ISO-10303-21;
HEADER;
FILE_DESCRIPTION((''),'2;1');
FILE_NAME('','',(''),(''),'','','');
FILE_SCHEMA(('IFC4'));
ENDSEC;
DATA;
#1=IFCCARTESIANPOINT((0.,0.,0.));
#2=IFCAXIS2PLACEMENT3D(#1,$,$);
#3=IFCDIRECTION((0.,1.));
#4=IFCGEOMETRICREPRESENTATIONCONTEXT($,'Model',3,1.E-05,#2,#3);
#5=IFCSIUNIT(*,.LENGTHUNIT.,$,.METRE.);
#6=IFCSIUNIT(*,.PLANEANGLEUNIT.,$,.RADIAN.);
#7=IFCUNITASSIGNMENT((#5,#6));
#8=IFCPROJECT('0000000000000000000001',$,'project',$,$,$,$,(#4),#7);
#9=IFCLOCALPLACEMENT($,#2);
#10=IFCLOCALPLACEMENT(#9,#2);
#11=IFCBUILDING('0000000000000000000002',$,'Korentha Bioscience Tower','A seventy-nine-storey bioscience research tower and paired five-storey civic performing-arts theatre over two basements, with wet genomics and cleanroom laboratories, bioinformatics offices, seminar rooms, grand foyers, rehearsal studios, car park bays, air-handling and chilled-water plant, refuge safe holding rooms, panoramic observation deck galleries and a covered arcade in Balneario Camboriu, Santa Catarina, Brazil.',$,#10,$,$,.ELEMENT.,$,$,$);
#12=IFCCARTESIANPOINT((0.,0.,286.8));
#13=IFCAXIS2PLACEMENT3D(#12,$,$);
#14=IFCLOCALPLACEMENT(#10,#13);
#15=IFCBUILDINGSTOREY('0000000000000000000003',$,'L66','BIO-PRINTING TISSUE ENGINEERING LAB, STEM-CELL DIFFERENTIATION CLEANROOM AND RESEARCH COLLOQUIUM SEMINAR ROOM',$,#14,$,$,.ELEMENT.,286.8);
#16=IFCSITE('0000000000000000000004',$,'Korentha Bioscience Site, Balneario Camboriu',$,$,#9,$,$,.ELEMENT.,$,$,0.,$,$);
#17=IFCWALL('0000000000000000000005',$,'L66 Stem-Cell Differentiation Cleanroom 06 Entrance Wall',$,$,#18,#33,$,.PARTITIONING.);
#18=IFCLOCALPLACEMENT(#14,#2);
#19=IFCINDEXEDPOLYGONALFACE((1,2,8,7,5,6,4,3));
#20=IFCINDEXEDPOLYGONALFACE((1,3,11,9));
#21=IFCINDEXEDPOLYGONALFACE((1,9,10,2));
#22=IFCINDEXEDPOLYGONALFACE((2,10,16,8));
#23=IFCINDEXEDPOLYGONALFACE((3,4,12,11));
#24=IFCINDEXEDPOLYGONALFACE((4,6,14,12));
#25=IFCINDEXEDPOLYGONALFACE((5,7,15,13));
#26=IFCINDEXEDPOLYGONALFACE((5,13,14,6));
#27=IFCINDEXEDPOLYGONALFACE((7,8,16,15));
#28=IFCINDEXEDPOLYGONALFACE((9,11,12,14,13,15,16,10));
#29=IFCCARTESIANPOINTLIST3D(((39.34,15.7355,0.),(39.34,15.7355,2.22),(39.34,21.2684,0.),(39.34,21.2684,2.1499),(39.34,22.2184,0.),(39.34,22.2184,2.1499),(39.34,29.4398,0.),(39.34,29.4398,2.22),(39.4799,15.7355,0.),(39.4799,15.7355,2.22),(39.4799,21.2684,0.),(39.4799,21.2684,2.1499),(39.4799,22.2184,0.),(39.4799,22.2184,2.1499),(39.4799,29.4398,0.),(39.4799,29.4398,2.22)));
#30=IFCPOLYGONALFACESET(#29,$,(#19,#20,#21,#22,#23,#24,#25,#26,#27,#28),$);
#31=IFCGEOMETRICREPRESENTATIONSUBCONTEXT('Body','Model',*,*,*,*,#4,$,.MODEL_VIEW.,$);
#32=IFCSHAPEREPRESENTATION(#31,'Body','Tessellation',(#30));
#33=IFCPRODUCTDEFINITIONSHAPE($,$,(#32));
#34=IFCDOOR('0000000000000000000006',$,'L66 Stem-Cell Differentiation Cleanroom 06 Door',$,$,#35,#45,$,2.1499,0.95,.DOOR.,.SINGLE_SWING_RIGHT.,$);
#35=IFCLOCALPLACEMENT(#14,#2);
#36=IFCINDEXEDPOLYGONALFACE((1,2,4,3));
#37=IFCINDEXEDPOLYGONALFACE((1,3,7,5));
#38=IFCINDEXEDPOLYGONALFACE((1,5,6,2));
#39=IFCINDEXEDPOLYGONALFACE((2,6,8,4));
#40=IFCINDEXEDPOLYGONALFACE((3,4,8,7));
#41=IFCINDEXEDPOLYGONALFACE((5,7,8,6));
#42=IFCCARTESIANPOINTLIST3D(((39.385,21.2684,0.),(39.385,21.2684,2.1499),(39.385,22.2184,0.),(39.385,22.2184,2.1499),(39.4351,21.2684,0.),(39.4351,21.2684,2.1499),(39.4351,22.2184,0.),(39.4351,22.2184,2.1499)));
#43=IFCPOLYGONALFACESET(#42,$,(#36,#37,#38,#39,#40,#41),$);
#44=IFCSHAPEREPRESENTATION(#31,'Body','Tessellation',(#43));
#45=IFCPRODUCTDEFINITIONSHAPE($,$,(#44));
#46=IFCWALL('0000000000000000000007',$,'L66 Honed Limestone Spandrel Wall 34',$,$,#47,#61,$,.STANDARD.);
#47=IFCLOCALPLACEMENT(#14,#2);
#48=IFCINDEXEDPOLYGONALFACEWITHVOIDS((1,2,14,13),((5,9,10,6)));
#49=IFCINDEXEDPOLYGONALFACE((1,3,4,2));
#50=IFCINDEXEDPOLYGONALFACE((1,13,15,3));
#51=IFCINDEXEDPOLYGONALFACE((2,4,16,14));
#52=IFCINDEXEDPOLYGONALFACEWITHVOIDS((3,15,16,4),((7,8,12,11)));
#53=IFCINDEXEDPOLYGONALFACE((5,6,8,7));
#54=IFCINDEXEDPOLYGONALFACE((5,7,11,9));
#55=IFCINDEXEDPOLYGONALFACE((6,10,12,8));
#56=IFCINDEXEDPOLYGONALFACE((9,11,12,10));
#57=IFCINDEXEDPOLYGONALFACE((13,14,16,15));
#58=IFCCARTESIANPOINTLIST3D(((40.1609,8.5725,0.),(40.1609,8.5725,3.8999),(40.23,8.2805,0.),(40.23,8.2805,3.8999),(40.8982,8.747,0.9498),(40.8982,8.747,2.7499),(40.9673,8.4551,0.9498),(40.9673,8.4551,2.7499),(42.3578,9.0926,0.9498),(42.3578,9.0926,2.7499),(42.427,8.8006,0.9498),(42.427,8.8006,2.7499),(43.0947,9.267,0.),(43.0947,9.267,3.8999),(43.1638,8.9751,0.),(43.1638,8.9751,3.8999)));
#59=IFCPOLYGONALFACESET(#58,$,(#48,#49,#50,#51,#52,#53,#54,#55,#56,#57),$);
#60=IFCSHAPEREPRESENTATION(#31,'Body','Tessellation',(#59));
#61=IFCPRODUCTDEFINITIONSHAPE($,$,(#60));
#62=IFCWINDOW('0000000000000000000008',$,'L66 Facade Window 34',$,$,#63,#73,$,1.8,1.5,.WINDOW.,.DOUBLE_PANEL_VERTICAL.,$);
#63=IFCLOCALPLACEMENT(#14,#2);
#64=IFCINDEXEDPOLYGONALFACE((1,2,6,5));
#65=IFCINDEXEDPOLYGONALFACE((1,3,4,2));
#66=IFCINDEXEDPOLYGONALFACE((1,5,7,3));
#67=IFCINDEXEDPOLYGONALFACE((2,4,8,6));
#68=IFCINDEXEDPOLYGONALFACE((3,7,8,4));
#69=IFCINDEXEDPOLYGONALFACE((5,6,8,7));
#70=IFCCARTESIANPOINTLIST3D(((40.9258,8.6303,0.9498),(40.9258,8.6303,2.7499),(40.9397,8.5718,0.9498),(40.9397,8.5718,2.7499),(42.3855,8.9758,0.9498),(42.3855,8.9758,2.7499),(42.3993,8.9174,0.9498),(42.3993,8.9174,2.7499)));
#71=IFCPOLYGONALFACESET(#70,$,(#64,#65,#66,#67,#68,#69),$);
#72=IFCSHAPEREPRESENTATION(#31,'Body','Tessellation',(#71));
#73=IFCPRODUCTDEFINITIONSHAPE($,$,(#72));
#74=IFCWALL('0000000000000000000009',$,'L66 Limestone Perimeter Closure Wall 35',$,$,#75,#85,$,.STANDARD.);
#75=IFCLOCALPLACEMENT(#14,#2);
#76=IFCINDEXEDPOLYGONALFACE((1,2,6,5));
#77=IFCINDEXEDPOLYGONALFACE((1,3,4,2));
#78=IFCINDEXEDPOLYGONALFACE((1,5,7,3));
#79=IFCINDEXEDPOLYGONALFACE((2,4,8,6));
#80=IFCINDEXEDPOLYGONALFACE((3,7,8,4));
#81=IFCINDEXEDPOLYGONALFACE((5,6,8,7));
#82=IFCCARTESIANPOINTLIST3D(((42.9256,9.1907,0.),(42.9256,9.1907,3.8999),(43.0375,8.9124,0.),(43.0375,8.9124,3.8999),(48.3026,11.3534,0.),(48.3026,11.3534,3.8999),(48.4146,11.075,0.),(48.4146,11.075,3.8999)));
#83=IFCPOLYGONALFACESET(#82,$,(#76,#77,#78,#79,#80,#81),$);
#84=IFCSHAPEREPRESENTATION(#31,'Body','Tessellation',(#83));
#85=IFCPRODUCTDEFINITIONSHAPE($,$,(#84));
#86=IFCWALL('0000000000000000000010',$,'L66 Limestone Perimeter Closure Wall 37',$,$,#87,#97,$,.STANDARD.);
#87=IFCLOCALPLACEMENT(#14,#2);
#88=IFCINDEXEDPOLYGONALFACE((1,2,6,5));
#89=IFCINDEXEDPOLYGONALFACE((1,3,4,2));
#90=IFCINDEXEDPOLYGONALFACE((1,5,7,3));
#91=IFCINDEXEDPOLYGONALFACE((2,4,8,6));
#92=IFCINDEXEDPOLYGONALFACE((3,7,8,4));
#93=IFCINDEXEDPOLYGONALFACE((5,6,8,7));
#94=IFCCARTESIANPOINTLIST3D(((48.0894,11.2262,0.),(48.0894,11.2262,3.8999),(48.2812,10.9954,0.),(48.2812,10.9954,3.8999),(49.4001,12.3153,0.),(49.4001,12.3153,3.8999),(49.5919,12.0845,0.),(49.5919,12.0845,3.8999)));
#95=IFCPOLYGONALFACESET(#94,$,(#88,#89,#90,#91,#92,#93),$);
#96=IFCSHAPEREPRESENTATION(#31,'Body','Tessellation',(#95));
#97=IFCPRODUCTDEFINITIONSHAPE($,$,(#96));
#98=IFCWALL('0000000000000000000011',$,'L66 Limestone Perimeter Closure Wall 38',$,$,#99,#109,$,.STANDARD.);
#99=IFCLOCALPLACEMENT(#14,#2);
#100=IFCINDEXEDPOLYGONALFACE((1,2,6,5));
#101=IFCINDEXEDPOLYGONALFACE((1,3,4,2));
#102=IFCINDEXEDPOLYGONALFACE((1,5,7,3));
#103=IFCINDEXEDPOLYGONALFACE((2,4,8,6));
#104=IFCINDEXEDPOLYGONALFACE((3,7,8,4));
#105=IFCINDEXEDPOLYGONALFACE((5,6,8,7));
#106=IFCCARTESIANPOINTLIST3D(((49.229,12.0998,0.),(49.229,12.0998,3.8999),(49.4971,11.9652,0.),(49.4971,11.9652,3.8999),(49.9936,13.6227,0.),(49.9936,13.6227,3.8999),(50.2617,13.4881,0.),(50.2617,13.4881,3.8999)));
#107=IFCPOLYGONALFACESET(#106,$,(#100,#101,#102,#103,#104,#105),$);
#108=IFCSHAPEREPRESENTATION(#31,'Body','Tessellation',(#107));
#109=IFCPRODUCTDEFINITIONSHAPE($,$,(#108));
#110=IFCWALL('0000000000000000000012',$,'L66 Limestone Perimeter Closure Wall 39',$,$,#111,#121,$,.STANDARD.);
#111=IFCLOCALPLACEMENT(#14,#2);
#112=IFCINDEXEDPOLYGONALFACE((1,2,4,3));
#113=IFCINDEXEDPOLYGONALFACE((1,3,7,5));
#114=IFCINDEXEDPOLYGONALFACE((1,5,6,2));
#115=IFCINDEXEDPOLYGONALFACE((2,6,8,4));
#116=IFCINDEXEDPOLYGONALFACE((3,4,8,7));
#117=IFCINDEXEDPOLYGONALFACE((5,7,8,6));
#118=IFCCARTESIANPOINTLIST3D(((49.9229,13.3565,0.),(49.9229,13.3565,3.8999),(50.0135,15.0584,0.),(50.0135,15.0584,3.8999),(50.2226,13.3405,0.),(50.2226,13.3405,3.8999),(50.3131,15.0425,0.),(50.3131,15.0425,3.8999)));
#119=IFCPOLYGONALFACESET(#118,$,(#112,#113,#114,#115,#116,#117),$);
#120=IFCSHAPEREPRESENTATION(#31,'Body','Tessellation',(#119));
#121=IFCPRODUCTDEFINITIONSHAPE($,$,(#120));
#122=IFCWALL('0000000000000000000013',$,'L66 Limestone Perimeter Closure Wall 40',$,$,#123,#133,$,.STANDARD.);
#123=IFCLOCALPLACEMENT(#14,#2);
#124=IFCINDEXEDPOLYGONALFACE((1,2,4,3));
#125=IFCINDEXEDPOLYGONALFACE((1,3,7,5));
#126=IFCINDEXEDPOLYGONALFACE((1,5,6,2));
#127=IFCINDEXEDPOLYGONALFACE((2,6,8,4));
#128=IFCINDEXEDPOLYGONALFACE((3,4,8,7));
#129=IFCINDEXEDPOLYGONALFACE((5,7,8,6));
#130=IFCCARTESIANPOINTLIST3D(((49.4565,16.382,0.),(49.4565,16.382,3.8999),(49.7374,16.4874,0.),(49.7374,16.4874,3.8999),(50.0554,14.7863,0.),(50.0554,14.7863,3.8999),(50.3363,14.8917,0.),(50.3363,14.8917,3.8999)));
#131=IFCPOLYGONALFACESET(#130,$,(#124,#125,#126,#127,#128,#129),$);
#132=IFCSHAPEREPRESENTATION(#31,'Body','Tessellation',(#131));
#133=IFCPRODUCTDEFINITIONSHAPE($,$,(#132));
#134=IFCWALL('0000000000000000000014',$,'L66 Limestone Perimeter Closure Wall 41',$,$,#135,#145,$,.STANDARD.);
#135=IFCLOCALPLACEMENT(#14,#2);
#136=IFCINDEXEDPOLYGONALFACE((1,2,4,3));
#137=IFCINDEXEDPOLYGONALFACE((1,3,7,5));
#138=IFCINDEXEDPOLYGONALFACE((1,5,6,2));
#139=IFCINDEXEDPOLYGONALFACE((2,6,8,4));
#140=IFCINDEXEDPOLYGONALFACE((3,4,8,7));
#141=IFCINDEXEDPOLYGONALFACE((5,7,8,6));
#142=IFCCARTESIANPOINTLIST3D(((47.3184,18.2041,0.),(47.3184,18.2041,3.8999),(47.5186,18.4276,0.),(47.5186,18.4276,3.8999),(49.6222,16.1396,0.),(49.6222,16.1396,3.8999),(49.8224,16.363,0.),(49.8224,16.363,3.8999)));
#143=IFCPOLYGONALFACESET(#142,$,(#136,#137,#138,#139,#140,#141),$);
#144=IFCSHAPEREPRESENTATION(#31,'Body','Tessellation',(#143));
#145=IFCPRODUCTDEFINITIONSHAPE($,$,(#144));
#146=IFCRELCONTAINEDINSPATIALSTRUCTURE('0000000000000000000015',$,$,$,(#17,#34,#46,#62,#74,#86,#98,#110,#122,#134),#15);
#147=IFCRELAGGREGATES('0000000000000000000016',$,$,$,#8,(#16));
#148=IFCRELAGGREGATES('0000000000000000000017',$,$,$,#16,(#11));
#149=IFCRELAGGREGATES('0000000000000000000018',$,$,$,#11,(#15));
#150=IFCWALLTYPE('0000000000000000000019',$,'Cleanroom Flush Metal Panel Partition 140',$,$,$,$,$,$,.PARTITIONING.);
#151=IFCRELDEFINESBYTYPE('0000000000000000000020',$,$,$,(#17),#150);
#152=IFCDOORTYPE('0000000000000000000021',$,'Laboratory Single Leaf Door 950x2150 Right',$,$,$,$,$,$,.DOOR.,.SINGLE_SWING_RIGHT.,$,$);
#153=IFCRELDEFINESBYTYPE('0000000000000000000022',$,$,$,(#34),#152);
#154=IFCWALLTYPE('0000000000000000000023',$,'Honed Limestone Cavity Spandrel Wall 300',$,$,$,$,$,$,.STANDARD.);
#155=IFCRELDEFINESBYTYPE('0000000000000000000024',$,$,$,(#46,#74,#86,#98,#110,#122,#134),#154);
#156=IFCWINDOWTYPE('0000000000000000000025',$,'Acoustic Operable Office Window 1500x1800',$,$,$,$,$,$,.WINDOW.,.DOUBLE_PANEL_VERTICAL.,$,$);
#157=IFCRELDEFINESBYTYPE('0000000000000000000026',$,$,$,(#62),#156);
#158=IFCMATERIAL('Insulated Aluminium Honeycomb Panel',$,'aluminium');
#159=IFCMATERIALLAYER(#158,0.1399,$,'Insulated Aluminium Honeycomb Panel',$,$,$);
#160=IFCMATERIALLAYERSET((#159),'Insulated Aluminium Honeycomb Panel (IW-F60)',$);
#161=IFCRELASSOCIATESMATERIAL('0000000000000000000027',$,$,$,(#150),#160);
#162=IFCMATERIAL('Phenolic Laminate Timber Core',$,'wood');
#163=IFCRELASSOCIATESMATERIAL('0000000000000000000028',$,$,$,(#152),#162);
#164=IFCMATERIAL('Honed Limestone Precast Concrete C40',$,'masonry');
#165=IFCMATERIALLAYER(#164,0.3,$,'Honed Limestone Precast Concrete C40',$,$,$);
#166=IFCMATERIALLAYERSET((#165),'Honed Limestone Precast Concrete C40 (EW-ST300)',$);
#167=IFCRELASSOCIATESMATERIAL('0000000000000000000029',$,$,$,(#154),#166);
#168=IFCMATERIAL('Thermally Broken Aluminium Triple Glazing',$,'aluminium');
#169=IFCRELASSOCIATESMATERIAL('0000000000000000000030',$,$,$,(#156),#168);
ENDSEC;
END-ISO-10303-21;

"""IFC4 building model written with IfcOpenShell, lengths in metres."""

from ifc_helpers import new_model, si_unit, direction, frame, frame_2d, origin, place, context, subcontext, project, spatial, rectangle, extrude, material, layer, layer_set, type_object, element, fill, save


model = new_model("IFC4")

# Units and contexts
model_context = context("Model", 3, precision=1e-05, world=origin(), true_north=direction((0.0, 1.0)))
body_context = subcontext(model_context, "Body", "Model", "MODEL_VIEW")
ifc_project = project(units=[si_unit("LENGTHUNIT", "METRE"), si_unit("PLANEANGLEUNIT", "RADIAN")], contexts=[model_context])

# Site, building, storey
site_placement = place(None, origin())
site = spatial("IfcSite", under=ifc_project, at=site_placement, Name="Korentha Bioscience Site, Balneario Camboriu", CompositionType="ELEMENT", RefElevation=0.0)
building_placement = place(site_placement, origin())
building = spatial("IfcBuilding", under=site, at=building_placement, Name="Korentha Bioscience Tower", Description="A seventy-nine-storey bioscience research tower and paired five-storey civic performing-arts theatre over two basements, with wet genomics and cleanroom laboratories, bioinformatics offices, seminar rooms, grand foyers, rehearsal studios, car park bays, air-handling and chilled-water plant, refuge safe holding rooms, panoramic observation deck galleries and a covered arcade in Balneario Camboriu, Santa Catarina, Brazil.", CompositionType="ELEMENT")
storey_placement = place(building_placement, frame((0.0, 0.0, 286.8)))
storey = spatial("IfcBuildingStorey", under=building, at=storey_placement, Name="L66", Description="BIO-PRINTING TISSUE ENGINEERING LAB, STEM-CELL DIFFERENTIATION CLEANROOM AND RESEARCH COLLOQUIUM SEMINAR ROOM", CompositionType="ELEMENT", Elevation=286.8)

# Shared definitions
ifc_material_1 = material(Name="Phenolic Laminate Timber Core", Category="wood")

# Wall, opening, door
ifc_material_2 = material(Name="Insulated Aluminium Honeycomb Panel", Category="aluminium")
ifc_layer_1 = layer(ifc_material_2, 0.1399, Name="Insulated Aluminium Honeycomb Panel")
ifc_layer_set_1 = layer_set([ifc_layer_1], Name="Insulated Aluminium Honeycomb Panel (IW-F60)")
wall_type_1 = type_object("IfcWallType", Name="Cleanroom Flush Metal Panel Partition 140", PredefinedType="PARTITIONING", material=ifc_layer_set_1)
wall_1_placement = place(storey_placement, frame((39.4099, 15.7356, 0.0), z_axis=(0.0, 0.0, 1.0), x_axis=(0.0, 1.0, 0.0)))
wall_1 = element("IfcWall", 1, at=wall_1_placement, inside=storey, type_object=wall_type_1, Name="L66 Stem-Cell Differentiation Cleanroom 06 Entrance Wall", PredefinedType="PARTITIONING", context=body_context, shape_type="SweptSolid", body=[
    extrude(rectangle(XDim=13.7043, YDim=0.1399, at=frame_2d((6.8521, 0.0))), origin(), (0.0, 0.0, 1.0), 2.22),
])
opening_1_placement = place(wall_1_placement, frame((5.5327, 0.0, 0.0)))
opening_1 = element("IfcOpeningElement", 2, at=opening_1_placement, cuts=wall_1, PredefinedType="OPENING", context=body_context, shape_type="SweptSolid", body=[
    extrude(rectangle(XDim=0.95, YDim=2.1499, at=frame_2d((0.4751, 1.075))), frame((0.0, 0.085, 0.0), z_axis=(0.0, -1.0, 0.0), x_axis=(1.0, 0.0, 0.0)), (0.0, 0.0, 1.0), 0.1697),
])
door_type_1 = type_object("IfcDoorType", Name="Laboratory Single Leaf Door 950x2150 Right", OperationType="SINGLE_SWING_RIGHT", PredefinedType="DOOR", material=ifc_material_1)
door_1_placement = place(opening_1_placement, origin())
door_1 = element("IfcDoor", 3, at=door_1_placement, inside=storey, type_object=door_type_1, Name="L66 Stem-Cell Differentiation Cleanroom 06 Door", OperationType="SINGLE_SWING_RIGHT", OverallHeight=2.1499, OverallWidth=0.95, PredefinedType="DOOR", context=body_context, shape_type="SweptSolid", body=[
    extrude(rectangle(XDim=0.95, YDim=2.1499, at=frame_2d((0.4751, 1.075))), frame((0.0, 0.0249, 0.0), z_axis=(0.0, -1.0, 0.0), x_axis=(1.0, 0.0, 0.0)), (0.0, 0.0, 1.0), 0.05),
])
fill(opening_1, door_1)

# Wall, opening, window
ifc_material_3 = material(Name="Honed Limestone Precast Concrete C40", Category="masonry")
ifc_layer_2 = layer(ifc_material_3, 0.3, Name="Honed Limestone Precast Concrete C40")
ifc_layer_set_2 = layer_set([ifc_layer_2], Name="Honed Limestone Precast Concrete C40 (EW-ST300)")
wall_type_2 = type_object("IfcWallType", Name="Honed Limestone Cavity Spandrel Wall 300", PredefinedType="STANDARD", material=ifc_layer_set_2)
wall_2_placement = place(storey_placement, frame((40.1956, 8.4265, 0.0), z_axis=(0.0, 0.0, 1.0), x_axis=(0.973101, 0.23038, 0.0)))
wall_2 = element("IfcWall", 4, at=wall_2_placement, inside=storey, type_object=wall_type_2, Name="L66 Honed Limestone Spandrel Wall 34", PredefinedType="STANDARD", context=body_context, shape_type="SweptSolid", body=[
    extrude(rectangle(XDim=3.0149, YDim=0.3, at=frame_2d((1.5073, 0.0))), origin(), (0.0, 0.0, 1.0), 3.8999),
])
opening_2_placement = place(wall_2_placement, frame((0.7576, 0.0, 0.95)))
opening_2 = element("IfcOpeningElement", 5, at=opening_2_placement, cuts=wall_2, PredefinedType="OPENING", context=body_context, shape_type="SweptSolid", body=[
    extrude(rectangle(XDim=1.5, YDim=1.8, at=frame_2d((0.75, 0.8999))), frame((0.0, 0.165, 0.0), z_axis=(0.0, -1.0, 0.0), x_axis=(1.0, 0.0, 0.0)), (0.0, 0.0, 1.0), 0.3298),
])
ifc_material_4 = material(Name="Thermally Broken Aluminium Triple Glazing", Category="aluminium")
window_type = type_object("IfcWindowType", Name="Acoustic Operable Office Window 1500x1800", PartitioningType="DOUBLE_PANEL_VERTICAL", PredefinedType="WINDOW", material=ifc_material_4)
window_placement = place(opening_2_placement, origin())
window = element("IfcWindow", 6, at=window_placement, inside=storey, type_object=window_type, Name="L66 Facade Window 34", OverallHeight=1.8, OverallWidth=1.5, PartitioningType="DOUBLE_PANEL_VERTICAL", PredefinedType="WINDOW", context=body_context, shape_type="SweptSolid", body=[
    extrude(rectangle(XDim=1.5, YDim=1.8, at=frame_2d((0.75, 0.8999))), frame((0.0, 0.03, 0.0), z_axis=(0.0, -1.0, 0.0), x_axis=(1.0, 0.0, 0.0)), (0.0, 0.0, 1.0), 0.0601),
])
fill(opening_2, window)

# Walls
wall_3_placement = place(storey_placement, frame((42.9814, 9.0515, 0.0), z_axis=(0.0, 0.0, 1.0), x_axis=(0.927772, 0.373148, 0.0)))
element("IfcWall", 7, at=wall_3_placement, inside=storey, type_object=wall_type_2, Name="L66 Limestone Perimeter Closure Wall 35", PredefinedType="STANDARD", context=body_context, shape_type="SweptSolid", body=[
    extrude(rectangle(XDim=5.7957, YDim=0.3, at=frame_2d((2.8979, 0.0))), origin(), (0.0, 0.0, 1.0), 3.8999),
])
for number, where, z_axis, x_axis, name in (
    (8, (48.1853, 11.1108, 0.0), (0.0, 0.0, 1.0), (0.769148, 0.639071, 0.0), "L66 Limestone Perimeter Closure Wall 37"),
    (9, (49.363, 12.0325, 0.0), (0.0, 0.0, 1.0), (0.448703, 0.893681, 0.0), "L66 Limestone Perimeter Closure Wall 38"),
):
    element("IfcWall", number, at=place(storey_placement, frame(where, z_axis=z_axis, x_axis=x_axis)), inside=storey, type_object=wall_type_2, Name=name, PredefinedType="STANDARD", context=body_context, shape_type="SweptSolid", body=[
        extrude(rectangle(XDim=1.7041, YDim=0.3, at=frame_2d((0.8521, 0.0))), origin(), (0.0, 0.0, 1.0), 3.8999),
    ])
for number, where, z_axis, x_axis, name in (
    (10, (50.0728, 13.3486, 0.0), (0.0, 0.0, 1.0), (0.053145, 0.998587, 0.0), "L66 Limestone Perimeter Closure Wall 39"),
    (11, (50.1958, 14.8391, 0.0), (0.0, 0.0, 1.0), (-0.351375, 0.936235, 0.0), "L66 Limestone Perimeter Closure Wall 40"),
):
    element("IfcWall", number, at=place(storey_placement, frame(where, z_axis=z_axis, x_axis=x_axis)), inside=storey, type_object=wall_type_2, Name=name, PredefinedType="STANDARD", context=body_context, shape_type="SweptSolid", body=[
        extrude(rectangle(XDim=1.7043, YDim=0.3, at=frame_2d((0.8521, 0.0))), origin(), (0.0, 0.0, 1.0), 3.8999),
    ])
wall_4_placement = place(storey_placement, frame((49.7224, 16.2512, 0.0), z_axis=(0.0, 0.0, 1.0), x_axis=(-0.744721, 0.667376, 0.0)))
element("IfcWall", 12, at=wall_4_placement, inside=storey, type_object=wall_type_2, Name="L66 Limestone Perimeter Closure Wall 41", PredefinedType="STANDARD", context=body_context, shape_type="SweptSolid", body=[
    extrude(rectangle(XDim=3.0935, YDim=0.3, at=frame_2d((1.5469, 0.0))), origin(), (0.0, 0.0, 1.0), 3.8999),
])

save(model, "model.ifc")
